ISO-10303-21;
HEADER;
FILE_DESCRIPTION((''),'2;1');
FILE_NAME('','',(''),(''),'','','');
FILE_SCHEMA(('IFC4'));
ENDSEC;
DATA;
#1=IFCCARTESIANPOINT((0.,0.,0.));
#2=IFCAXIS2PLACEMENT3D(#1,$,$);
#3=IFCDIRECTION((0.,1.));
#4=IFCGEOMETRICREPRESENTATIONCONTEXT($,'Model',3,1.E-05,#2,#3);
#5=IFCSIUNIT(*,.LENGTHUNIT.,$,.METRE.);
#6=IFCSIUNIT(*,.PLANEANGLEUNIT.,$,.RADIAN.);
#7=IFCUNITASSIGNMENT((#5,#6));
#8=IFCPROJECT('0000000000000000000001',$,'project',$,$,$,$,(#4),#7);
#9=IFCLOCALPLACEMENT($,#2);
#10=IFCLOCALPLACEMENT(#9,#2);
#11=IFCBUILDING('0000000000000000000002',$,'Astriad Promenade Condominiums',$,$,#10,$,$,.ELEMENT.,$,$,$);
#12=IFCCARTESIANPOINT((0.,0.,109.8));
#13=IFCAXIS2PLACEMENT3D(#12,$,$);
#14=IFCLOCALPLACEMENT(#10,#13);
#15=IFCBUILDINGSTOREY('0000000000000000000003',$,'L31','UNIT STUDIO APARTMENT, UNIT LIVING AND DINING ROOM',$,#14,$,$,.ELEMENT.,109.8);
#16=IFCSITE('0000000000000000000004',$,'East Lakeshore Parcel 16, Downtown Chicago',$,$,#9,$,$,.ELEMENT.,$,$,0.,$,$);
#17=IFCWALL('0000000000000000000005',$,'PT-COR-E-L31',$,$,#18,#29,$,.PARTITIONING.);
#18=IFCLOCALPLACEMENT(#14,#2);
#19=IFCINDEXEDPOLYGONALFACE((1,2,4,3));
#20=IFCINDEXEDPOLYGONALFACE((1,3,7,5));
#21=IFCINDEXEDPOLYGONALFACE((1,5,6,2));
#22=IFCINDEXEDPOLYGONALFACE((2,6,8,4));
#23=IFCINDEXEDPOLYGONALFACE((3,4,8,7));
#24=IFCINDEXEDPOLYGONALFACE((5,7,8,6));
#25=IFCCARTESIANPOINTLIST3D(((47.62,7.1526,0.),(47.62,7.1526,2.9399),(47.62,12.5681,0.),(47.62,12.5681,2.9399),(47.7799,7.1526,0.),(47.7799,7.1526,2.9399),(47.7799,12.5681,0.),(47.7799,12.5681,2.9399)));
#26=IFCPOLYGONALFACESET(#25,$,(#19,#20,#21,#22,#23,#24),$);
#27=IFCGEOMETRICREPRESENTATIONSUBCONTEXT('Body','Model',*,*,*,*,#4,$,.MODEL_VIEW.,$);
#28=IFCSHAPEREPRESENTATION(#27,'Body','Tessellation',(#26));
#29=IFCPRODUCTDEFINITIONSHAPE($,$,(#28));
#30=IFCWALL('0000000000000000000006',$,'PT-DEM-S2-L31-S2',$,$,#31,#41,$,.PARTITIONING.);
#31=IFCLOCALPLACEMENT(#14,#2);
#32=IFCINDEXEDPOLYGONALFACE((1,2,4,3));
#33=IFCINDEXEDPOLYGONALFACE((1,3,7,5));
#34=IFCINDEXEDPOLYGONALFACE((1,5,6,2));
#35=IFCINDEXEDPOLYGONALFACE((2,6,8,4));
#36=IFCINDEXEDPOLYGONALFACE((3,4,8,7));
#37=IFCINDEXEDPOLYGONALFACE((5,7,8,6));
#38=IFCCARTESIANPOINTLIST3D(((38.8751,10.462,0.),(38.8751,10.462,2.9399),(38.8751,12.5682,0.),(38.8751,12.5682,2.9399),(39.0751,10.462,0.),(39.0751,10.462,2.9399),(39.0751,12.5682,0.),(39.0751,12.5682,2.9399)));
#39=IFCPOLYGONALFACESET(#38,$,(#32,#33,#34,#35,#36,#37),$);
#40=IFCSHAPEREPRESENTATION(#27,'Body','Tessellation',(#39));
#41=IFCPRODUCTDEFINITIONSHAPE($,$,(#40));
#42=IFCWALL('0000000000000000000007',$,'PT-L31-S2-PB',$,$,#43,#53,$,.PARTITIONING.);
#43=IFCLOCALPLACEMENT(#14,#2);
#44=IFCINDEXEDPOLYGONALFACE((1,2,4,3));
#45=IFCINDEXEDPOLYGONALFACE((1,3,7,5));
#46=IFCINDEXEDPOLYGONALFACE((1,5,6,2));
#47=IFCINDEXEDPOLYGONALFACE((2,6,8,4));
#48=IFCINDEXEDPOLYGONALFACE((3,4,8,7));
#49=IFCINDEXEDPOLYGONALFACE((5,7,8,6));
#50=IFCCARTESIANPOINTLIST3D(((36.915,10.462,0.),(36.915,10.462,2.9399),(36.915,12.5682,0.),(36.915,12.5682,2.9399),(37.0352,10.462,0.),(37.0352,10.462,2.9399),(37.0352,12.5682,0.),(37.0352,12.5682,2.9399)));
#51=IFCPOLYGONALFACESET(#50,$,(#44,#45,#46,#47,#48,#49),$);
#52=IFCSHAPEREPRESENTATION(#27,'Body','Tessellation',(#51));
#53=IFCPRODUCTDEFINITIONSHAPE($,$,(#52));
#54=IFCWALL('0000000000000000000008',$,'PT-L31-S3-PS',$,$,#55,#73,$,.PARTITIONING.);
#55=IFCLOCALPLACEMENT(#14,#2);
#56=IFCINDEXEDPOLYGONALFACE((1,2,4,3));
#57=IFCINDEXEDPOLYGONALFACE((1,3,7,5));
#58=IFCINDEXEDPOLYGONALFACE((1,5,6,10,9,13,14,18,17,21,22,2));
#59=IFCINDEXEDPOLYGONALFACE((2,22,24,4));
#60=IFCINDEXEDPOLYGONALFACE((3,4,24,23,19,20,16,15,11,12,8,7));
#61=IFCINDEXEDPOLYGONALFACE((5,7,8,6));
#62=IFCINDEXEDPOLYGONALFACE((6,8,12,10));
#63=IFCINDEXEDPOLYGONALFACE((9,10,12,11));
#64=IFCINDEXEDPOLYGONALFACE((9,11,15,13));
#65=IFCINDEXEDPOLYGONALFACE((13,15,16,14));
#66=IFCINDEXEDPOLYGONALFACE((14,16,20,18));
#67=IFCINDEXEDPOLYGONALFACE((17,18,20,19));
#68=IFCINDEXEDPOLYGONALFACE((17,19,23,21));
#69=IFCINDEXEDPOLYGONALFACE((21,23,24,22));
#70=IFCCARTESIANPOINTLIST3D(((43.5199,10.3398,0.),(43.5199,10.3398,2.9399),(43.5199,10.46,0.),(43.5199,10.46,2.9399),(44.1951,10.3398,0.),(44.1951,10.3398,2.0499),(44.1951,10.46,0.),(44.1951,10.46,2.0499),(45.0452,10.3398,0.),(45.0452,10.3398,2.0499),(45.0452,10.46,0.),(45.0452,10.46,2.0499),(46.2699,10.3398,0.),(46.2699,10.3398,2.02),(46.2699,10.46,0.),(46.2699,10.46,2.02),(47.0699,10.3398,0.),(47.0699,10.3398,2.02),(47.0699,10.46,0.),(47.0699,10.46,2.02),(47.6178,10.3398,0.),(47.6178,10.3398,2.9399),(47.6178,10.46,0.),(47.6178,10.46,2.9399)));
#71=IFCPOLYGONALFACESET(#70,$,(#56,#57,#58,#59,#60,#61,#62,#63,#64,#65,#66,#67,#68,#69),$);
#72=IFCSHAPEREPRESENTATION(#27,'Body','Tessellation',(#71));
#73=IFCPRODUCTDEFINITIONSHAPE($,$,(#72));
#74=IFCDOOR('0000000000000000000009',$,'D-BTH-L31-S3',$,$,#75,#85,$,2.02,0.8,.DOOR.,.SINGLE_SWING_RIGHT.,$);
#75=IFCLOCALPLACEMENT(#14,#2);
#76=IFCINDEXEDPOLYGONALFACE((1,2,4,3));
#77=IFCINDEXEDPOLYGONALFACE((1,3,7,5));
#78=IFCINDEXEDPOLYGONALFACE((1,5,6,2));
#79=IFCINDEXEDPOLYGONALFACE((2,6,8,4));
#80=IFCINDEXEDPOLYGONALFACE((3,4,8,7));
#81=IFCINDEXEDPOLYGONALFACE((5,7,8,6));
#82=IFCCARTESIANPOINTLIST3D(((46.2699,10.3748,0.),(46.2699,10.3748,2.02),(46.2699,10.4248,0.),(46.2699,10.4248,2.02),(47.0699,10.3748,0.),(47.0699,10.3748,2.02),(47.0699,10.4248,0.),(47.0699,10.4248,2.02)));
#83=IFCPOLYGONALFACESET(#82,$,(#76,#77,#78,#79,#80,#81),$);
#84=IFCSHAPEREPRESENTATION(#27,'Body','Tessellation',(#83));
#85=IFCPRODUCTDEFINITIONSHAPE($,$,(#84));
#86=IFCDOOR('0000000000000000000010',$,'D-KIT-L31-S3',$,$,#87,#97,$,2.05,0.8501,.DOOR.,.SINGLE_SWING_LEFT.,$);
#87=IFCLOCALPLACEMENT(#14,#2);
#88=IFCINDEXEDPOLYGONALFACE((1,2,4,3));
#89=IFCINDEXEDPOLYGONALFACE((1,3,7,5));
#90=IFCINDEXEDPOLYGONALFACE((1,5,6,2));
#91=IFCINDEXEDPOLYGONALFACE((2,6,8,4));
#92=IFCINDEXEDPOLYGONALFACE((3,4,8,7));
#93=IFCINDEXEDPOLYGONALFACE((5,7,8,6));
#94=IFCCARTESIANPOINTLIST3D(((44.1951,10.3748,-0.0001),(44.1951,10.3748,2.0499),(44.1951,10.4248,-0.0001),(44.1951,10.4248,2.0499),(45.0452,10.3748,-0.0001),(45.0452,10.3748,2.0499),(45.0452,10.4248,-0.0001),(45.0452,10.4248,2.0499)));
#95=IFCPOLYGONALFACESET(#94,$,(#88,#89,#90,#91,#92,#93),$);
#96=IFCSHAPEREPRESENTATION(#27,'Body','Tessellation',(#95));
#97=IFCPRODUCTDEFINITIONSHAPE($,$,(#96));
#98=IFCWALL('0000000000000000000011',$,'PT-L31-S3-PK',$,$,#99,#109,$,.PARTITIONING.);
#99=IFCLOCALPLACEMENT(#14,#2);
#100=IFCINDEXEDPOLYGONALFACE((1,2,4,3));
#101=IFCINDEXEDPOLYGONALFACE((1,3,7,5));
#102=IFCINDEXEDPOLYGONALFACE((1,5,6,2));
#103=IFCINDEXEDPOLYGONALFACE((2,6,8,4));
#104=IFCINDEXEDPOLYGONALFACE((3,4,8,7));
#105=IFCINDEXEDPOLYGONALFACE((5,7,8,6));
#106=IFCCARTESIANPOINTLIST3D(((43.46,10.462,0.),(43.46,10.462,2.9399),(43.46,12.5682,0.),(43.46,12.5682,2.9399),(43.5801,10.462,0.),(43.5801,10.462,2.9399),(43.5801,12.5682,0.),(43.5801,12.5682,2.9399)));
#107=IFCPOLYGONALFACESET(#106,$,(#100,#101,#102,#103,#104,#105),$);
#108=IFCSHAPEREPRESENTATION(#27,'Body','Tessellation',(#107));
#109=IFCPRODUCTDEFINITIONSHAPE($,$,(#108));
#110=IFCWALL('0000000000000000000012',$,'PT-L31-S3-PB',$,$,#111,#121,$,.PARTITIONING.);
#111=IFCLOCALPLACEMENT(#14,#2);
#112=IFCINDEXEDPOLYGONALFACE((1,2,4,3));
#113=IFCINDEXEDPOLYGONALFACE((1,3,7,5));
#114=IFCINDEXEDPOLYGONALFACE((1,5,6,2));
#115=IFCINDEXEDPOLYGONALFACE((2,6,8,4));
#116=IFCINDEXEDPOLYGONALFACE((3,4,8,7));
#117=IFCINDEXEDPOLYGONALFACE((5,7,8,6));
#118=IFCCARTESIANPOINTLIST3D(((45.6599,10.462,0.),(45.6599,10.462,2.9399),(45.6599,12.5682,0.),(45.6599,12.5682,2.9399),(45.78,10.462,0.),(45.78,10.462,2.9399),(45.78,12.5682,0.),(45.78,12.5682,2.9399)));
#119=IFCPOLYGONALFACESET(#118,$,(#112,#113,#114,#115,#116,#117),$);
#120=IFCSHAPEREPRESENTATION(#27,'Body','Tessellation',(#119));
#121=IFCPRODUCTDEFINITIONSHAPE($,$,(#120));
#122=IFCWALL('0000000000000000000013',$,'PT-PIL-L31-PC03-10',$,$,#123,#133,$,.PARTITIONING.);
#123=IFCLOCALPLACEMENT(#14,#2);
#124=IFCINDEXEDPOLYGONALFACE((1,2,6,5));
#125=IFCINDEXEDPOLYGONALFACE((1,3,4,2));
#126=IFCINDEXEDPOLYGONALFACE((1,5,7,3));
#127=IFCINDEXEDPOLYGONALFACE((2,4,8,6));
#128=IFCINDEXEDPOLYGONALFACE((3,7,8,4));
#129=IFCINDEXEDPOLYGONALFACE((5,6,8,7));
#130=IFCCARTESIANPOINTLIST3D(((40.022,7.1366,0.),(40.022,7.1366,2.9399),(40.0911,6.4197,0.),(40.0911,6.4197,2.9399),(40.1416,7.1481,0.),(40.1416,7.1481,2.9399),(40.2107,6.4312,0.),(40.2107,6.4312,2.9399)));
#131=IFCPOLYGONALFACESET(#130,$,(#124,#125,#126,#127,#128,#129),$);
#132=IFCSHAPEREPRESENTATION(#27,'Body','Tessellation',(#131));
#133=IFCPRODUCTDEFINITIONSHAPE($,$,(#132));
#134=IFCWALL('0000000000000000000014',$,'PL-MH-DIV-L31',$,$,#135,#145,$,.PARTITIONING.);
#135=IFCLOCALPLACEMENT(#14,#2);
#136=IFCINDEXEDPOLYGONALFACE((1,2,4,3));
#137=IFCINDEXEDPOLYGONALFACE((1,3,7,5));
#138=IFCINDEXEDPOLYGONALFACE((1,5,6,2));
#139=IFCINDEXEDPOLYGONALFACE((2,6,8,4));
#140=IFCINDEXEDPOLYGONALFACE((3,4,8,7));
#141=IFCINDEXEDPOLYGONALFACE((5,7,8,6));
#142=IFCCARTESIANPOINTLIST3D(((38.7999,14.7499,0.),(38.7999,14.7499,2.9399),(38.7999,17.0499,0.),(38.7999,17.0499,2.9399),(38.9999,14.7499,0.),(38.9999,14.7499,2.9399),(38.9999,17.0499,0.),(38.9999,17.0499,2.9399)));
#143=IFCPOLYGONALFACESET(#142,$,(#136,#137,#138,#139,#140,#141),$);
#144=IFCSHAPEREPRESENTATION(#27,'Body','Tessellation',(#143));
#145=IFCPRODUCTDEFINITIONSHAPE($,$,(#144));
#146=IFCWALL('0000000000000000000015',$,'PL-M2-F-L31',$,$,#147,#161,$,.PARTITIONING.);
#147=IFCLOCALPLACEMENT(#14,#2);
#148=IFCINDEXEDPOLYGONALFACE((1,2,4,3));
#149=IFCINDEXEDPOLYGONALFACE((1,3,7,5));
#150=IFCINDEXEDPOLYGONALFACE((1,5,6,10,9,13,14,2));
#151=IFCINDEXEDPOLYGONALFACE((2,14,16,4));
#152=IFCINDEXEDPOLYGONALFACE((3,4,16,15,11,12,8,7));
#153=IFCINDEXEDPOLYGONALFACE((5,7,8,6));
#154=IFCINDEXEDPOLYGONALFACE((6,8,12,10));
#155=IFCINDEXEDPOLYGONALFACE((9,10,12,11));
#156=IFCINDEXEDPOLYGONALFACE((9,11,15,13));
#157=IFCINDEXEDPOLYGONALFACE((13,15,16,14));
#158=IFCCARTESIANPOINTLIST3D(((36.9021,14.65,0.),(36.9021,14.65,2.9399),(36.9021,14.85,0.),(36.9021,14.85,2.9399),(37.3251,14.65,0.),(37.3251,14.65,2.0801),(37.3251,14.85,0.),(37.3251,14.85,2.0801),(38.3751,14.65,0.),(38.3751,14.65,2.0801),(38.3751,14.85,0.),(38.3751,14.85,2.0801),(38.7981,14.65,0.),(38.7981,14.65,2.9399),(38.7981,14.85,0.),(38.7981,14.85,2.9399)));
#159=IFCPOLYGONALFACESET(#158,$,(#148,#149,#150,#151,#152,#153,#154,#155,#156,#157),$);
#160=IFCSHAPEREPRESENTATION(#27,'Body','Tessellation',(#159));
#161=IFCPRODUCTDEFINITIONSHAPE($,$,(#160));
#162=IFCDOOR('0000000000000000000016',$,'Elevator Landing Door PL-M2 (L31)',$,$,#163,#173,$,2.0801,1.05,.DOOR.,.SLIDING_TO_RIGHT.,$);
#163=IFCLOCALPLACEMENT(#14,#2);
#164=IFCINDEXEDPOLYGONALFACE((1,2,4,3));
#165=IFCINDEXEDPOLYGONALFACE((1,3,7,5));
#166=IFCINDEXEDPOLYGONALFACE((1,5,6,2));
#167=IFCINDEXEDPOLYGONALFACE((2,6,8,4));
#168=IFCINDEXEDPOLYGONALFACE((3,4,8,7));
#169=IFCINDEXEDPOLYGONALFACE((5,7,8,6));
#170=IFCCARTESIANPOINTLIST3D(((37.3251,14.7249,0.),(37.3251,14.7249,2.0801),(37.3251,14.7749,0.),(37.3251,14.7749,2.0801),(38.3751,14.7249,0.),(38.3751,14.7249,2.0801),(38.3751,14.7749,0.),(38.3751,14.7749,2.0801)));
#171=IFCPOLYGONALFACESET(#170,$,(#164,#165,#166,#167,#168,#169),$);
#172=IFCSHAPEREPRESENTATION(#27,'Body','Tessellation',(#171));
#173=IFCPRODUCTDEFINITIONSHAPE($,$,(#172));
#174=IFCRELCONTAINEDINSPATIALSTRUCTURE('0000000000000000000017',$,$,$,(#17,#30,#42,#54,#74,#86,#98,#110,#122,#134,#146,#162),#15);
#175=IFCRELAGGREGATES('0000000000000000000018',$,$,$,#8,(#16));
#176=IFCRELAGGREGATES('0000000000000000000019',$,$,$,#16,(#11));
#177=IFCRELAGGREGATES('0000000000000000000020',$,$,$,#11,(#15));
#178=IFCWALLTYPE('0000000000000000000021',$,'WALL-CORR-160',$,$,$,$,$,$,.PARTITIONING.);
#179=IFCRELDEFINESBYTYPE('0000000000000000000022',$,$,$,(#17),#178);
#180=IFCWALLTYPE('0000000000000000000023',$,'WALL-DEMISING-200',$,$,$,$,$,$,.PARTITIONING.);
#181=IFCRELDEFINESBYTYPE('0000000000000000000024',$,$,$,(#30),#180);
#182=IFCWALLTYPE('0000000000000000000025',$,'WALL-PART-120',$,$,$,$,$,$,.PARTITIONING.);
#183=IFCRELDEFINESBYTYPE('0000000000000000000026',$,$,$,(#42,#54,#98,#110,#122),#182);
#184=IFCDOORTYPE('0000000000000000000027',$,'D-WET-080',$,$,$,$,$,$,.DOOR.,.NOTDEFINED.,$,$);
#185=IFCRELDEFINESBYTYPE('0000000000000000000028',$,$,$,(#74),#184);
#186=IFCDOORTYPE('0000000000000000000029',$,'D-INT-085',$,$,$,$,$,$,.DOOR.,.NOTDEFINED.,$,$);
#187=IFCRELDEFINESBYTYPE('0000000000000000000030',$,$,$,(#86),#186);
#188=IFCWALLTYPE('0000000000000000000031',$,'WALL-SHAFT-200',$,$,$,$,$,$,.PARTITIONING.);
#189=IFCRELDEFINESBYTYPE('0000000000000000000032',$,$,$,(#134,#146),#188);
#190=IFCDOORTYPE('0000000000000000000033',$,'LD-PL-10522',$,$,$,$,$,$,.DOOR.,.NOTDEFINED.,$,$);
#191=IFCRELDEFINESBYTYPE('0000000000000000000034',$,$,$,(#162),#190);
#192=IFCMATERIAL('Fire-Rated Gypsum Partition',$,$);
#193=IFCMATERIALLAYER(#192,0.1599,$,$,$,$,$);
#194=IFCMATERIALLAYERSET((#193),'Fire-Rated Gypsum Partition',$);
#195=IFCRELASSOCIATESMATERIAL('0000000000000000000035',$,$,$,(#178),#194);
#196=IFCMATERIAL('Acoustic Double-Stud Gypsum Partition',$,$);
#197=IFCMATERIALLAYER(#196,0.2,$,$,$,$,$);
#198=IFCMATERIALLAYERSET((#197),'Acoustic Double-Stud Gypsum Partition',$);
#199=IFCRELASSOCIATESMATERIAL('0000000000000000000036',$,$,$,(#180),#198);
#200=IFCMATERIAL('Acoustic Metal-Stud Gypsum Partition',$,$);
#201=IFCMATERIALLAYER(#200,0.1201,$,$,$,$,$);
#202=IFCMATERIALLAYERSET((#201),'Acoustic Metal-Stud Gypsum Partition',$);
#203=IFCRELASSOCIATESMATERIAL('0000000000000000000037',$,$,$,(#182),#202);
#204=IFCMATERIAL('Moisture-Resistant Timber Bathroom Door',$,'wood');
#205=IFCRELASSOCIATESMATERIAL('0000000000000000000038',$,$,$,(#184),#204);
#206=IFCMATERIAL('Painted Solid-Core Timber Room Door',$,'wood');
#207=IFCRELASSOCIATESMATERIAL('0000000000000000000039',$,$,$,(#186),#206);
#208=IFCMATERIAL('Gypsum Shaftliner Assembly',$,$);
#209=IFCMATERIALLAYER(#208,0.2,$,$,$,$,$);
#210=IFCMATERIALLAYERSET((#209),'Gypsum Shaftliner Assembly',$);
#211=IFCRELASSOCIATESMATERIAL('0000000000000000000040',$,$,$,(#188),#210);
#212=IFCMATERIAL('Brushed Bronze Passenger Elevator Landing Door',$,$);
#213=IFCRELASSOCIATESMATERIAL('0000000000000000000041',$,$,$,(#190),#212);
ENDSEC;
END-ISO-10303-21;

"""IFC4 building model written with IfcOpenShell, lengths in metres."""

from ifc_helpers import new_model, si_unit, direction, frame, frame_2d, origin, place, context, subcontext, project, spatial, rectangle, extrude, source, transform, mapped, material, layer, layer_set, type_object, type_shapes, element, fill, save


model = new_model("IFC4")

# Units and contexts
model_context = context("Model", 3, precision=1e-05, world=origin(), true_north=direction((0.0, 1.0)))
body_context = subcontext(model_context, "Body", "Model", "MODEL_VIEW")
ifc_project = project(units=[si_unit("LENGTHUNIT", "METRE"), si_unit("PLANEANGLEUNIT", "RADIAN")], contexts=[model_context])

# Site, building, storey
site_placement = place(None, origin())
site = spatial("IfcSite", under=ifc_project, at=site_placement, Name="East Lakeshore Parcel 16, Downtown Chicago", CompositionType="ELEMENT", RefElevation=0.0)
building_placement = place(site_placement, origin())
building = spatial("IfcBuilding", under=site, at=building_placement, Name="Astriad Promenade Condominiums", CompositionType="ELEMENT")
storey_placement = place(building_placement, frame((0.0, 0.0, 109.8)))
storey = spatial("IfcBuildingStorey", under=building, at=storey_placement, Name="L31", Description="UNIT STUDIO APARTMENT, UNIT LIVING AND DINING ROOM", CompositionType="ELEMENT", Elevation=109.8)

# Walls
ifc_material_1 = material(Name="Fire-Rated Gypsum Partition")
ifc_layer_1 = layer(ifc_material_1, 0.1599)
ifc_layer_set_1 = layer_set([ifc_layer_1], Name="Fire-Rated Gypsum Partition")
wall_type_1 = type_object("IfcWallType", Name="WALL-CORR-160", PredefinedType="PARTITIONING", material=ifc_layer_set_1)
wall_1_placement = place(storey_placement, frame((47.7, 7.1526, 0.0), z_axis=(0.0, 0.0, 1.0), x_axis=(0.0, 1.0, 0.0)))
element("IfcWall", 1, at=wall_1_placement, inside=storey, type_object=wall_type_1, Name="PT-COR-E-L31", PredefinedType="PARTITIONING", context=body_context, shape_type="SweptSolid", body=[
    extrude(rectangle(XDim=5.4155, YDim=0.1599, at=frame_2d((2.7078, 0.0))), origin(), (0.0, 0.0, 1.0), 2.9399),
])
ifc_material_2 = material(Name="Acoustic Double-Stud Gypsum Partition")
ifc_layer_2 = layer(ifc_material_2, 0.2)
ifc_layer_set_2 = layer_set([ifc_layer_2], Name="Acoustic Double-Stud Gypsum Partition")
wall_type_2 = type_object("IfcWallType", Name="WALL-DEMISING-200", PredefinedType="PARTITIONING", material=ifc_layer_set_2)
wall_2_placement = place(storey_placement, frame((38.9751, 10.4619, 0.0), z_axis=(0.0, 0.0, 1.0), x_axis=(0.0, 1.0, 0.0)))
element("IfcWall", 2, at=wall_2_placement, inside=storey, type_object=wall_type_2, Name="PT-DEM-S2-L31-S2", PredefinedType="PARTITIONING", context=body_context, shape_type="SweptSolid", body=[
    extrude(rectangle(XDim=2.1062, YDim=0.2, at=frame_2d((1.0532, 0.0))), origin(), (0.0, 0.0, 1.0), 2.9399),
])
ifc_material_3 = material(Name="Acoustic Metal-Stud Gypsum Partition")
ifc_layer_3 = layer(ifc_material_3, 0.1201)
ifc_layer_set_3 = layer_set([ifc_layer_3], Name="Acoustic Metal-Stud Gypsum Partition")
wall_type_3 = type_object("IfcWallType", Name="WALL-PART-120", PredefinedType="PARTITIONING", material=ifc_layer_set_3)
wall_3_placement = place(storey_placement, frame((36.9751, 10.4619, 0.0), z_axis=(0.0, 0.0, 1.0), x_axis=(0.0, 1.0, 0.0)))
element("IfcWall", 3, at=wall_3_placement, inside=storey, type_object=wall_type_3, Name="PT-L31-S2-PB", PredefinedType="PARTITIONING", context=body_context, shape_type="SweptSolid", body=[
    extrude(rectangle(XDim=2.1062, YDim=0.1201, at=frame_2d((1.0532, 0.0))), origin(), (0.0, 0.0, 1.0), 2.9399),
])

# Wall, openings, doors
wall_4_placement = place(storey_placement, frame((43.52, 10.3999, 0.0), z_axis=(0.0, 0.0, 1.0), x_axis=(1.0, 0.0, 0.0)))
wall_4 = element("IfcWall", 4, at=wall_4_placement, inside=storey, type_object=wall_type_3, Name="PT-L31-S3-PS", PredefinedType="PARTITIONING", context=body_context, shape_type="SweptSolid", body=[
    extrude(rectangle(XDim=4.0979, YDim=0.1201, at=frame_2d((2.0488, 0.0))), origin(), (0.0, 0.0, 1.0), 2.9399),
])
opening_1_placement = place(wall_4_placement, frame((0.675, 0.0, 0.0)))
opening_1 = element("IfcOpeningElement", 5, at=opening_1_placement, cuts=wall_4, PredefinedType="OPENING", context=body_context, shape_type="SweptSolid", body=[
    extrude(rectangle(XDim=0.8501, YDim=2.05, at=frame_2d((0.425, 1.0249))), frame((0.0, 0.0701, 0.0), z_axis=(0.0, -1.0, 0.0), x_axis=(1.0, 0.0, 0.0)), (0.0, 0.0, 1.0), 0.1401),
])
opening_2_placement = place(wall_4_placement, frame((2.75, 0.0, 0.0)))
opening_2 = element("IfcOpeningElement", 6, at=opening_2_placement, cuts=wall_4, PredefinedType="OPENING", context=body_context, shape_type="SweptSolid", body=[
    extrude(rectangle(XDim=0.8, YDim=2.02, at=frame_2d((0.3999, 1.01))), frame((0.0, 0.0701, 0.0), z_axis=(0.0, -1.0, 0.0), x_axis=(1.0, 0.0, 0.0)), (0.0, 0.0, 1.0), 0.1401),
])
ifc_material_4 = material(Name="Moisture-Resistant Timber Bathroom Door", Category="wood")
door_type_1 = type_object("IfcDoorType", Name="D-WET-080", OperationType="NOTDEFINED", PredefinedType="DOOR", material=ifc_material_4)
shared_shape_1 = source(origin(), body_context, "Body", "SweptSolid", [
    extrude(rectangle(XDim=0.8, YDim=2.02, at=frame_2d((0.3999, 1.01))), frame((0.0, 0.0249, 0.0), z_axis=(0.0, -1.0, 0.0), x_axis=(1.0, 0.0, 0.0)), (0.0, 0.0, 1.0), 0.05),
])
type_shapes(door_type_1, [shared_shape_1])
door_1_placement = place(opening_2_placement, origin())
door_1 = element("IfcDoor", 7, at=door_1_placement, inside=storey, type_object=door_type_1, Name="D-BTH-L31-S3", OperationType="SINGLE_SWING_RIGHT", OverallHeight=2.02, OverallWidth=0.8, PredefinedType="DOOR", context=body_context, shape_type="MappedRepresentation", body=[
    mapped(shared_shape_1, transform((0.0, 0.0, 0.0), scale=1.0)),
])
fill(opening_2, door_1)
ifc_material_5 = material(Name="Painted Solid-Core Timber Room Door", Category="wood")
door_type_2 = type_object("IfcDoorType", Name="D-INT-085", OperationType="NOTDEFINED", PredefinedType="DOOR", material=ifc_material_5)
shared_shape_2 = source(origin(), body_context, "Body", "SweptSolid", [
    extrude(rectangle(XDim=0.8501, YDim=2.05, at=frame_2d((0.425, 1.0249))), frame((0.0, 0.0249, 0.0), z_axis=(0.0, -1.0, 0.0), x_axis=(1.0, 0.0, 0.0)), (0.0, 0.0, 1.0), 0.05),
])
type_shapes(door_type_2, [shared_shape_2])
door_2_placement = place(opening_1_placement, origin())
door_2 = element("IfcDoor", 8, at=door_2_placement, inside=storey, type_object=door_type_2, Name="D-KIT-L31-S3", OperationType="SINGLE_SWING_LEFT", OverallHeight=2.05, OverallWidth=0.8501, PredefinedType="DOOR", context=body_context, shape_type="MappedRepresentation", body=[
    mapped(shared_shape_2, transform((0.0, 0.0, 0.0), scale=1.0)),
])
fill(opening_1, door_2)

# Walls
for number, where, z_axis, x_axis, name in (
    (9, (43.52, 10.4619, 0.0), (0.0, 0.0, 1.0), (0.0, 1.0, 0.0), "PT-L31-S3-PK"),
    (10, (45.72, 10.4619, 0.0), (0.0, 0.0, 1.0), (0.0, 1.0, 0.0), "PT-L31-S3-PB"),
):
    element("IfcWall", number, at=place(storey_placement, frame(where, z_axis=z_axis, x_axis=x_axis)), inside=storey, type_object=wall_type_3, Name=name, PredefinedType="PARTITIONING", context=body_context, shape_type="SweptSolid", body=[
        extrude(rectangle(XDim=2.1062, YDim=0.1201, at=frame_2d((1.0532, 0.0))), origin(), (0.0, 0.0, 1.0), 2.9399),
    ])
wall_5_placement = place(storey_placement, frame((40.0818, 7.1423, 0.0), z_axis=(0.0, 0.0, 1.0), x_axis=(0.095945, -0.995387, 0.0)))
element("IfcWall", 11, at=wall_5_placement, inside=storey, type_object=wall_type_3, Name="PT-PIL-L31-PC03-10", PredefinedType="PARTITIONING", context=body_context, shape_type="SweptSolid", body=[
    extrude(rectangle(XDim=0.7202, YDim=0.1201, at=frame_2d((0.3601, 0.0))), origin(), (0.0, 0.0, 1.0), 2.9399),
])
ifc_material_6 = material(Name="Gypsum Shaftliner Assembly")
ifc_layer_4 = layer(ifc_material_6, 0.2)
ifc_layer_set_4 = layer_set([ifc_layer_4], Name="Gypsum Shaftliner Assembly")
wall_type_4 = type_object("IfcWallType", Name="WALL-SHAFT-200", PredefinedType="PARTITIONING", material=ifc_layer_set_4)
wall_6_placement = place(storey_placement, frame((38.8999, 14.75, 0.0), z_axis=(0.0, 0.0, 1.0), x_axis=(0.0, 1.0, 0.0)))
element("IfcWall", 12, at=wall_6_placement, inside=storey, type_object=wall_type_4, Name="PL-MH-DIV-L31", PredefinedType="PARTITIONING", context=body_context, shape_type="SweptSolid", body=[
    extrude(rectangle(XDim=2.3, YDim=0.2, at=frame_2d((1.1499, 0.0))), origin(), (0.0, 0.0, 1.0), 2.9399),
])

# Wall, opening, door
wall_7_placement = place(storey_placement, frame((36.9021, 14.75, 0.0), z_axis=(0.0, 0.0, 1.0), x_axis=(1.0, 0.0, 0.0)))
wall_7 = element("IfcWall", 13, at=wall_7_placement, inside=storey, type_object=wall_type_4, Name="PL-M2-F-L31", PredefinedType="PARTITIONING", context=body_context, shape_type="SweptSolid", body=[
    extrude(rectangle(XDim=1.896, YDim=0.2, at=frame_2d((0.948, 0.0))), origin(), (0.0, 0.0, 1.0), 2.9399),
])
opening_3_placement = place(wall_7_placement, frame((0.4231, 0.0, 0.0)))
opening_3 = element("IfcOpeningElement", 14, at=opening_3_placement, cuts=wall_7, PredefinedType="OPENING", context=body_context, shape_type="SweptSolid", body=[
    extrude(rectangle(XDim=1.05, YDim=2.0801, at=frame_2d((0.5249, 1.04))), frame((0.0, 0.1099, 0.0), z_axis=(0.0, -1.0, 0.0), x_axis=(1.0, 0.0, 0.0)), (0.0, 0.0, 1.0), 0.22),
])
ifc_material_7 = material(Name="Brushed Bronze Passenger Elevator Landing Door")
door_type_3 = type_object("IfcDoorType", Name="LD-PL-10522", OperationType="NOTDEFINED", PredefinedType="DOOR", material=ifc_material_7)
shared_shape_3 = source(origin(), body_context, "Body", "SweptSolid", [
    extrude(rectangle(XDim=1.05, YDim=2.0801, at=frame_2d((0.5249, 1.04))), frame((0.0, 0.0249, 0.0), z_axis=(0.0, -1.0, 0.0), x_axis=(1.0, 0.0, 0.0)), (0.0, 0.0, 1.0), 0.05),
])
type_shapes(door_type_3, [shared_shape_3])
door_3_placement = place(opening_3_placement, origin())
door_3 = element("IfcDoor", 15, at=door_3_placement, inside=storey, type_object=door_type_3, Name="Elevator Landing Door PL-M2 (L31)", OperationType="SLIDING_TO_RIGHT", OverallHeight=2.0801, OverallWidth=1.05, PredefinedType="DOOR", context=body_context, shape_type="MappedRepresentation", body=[
    mapped(shared_shape_3, transform((0.0, 0.0, 0.0), scale=1.0)),
])
fill(opening_3, door_3)

save(model, "model.ifc")
